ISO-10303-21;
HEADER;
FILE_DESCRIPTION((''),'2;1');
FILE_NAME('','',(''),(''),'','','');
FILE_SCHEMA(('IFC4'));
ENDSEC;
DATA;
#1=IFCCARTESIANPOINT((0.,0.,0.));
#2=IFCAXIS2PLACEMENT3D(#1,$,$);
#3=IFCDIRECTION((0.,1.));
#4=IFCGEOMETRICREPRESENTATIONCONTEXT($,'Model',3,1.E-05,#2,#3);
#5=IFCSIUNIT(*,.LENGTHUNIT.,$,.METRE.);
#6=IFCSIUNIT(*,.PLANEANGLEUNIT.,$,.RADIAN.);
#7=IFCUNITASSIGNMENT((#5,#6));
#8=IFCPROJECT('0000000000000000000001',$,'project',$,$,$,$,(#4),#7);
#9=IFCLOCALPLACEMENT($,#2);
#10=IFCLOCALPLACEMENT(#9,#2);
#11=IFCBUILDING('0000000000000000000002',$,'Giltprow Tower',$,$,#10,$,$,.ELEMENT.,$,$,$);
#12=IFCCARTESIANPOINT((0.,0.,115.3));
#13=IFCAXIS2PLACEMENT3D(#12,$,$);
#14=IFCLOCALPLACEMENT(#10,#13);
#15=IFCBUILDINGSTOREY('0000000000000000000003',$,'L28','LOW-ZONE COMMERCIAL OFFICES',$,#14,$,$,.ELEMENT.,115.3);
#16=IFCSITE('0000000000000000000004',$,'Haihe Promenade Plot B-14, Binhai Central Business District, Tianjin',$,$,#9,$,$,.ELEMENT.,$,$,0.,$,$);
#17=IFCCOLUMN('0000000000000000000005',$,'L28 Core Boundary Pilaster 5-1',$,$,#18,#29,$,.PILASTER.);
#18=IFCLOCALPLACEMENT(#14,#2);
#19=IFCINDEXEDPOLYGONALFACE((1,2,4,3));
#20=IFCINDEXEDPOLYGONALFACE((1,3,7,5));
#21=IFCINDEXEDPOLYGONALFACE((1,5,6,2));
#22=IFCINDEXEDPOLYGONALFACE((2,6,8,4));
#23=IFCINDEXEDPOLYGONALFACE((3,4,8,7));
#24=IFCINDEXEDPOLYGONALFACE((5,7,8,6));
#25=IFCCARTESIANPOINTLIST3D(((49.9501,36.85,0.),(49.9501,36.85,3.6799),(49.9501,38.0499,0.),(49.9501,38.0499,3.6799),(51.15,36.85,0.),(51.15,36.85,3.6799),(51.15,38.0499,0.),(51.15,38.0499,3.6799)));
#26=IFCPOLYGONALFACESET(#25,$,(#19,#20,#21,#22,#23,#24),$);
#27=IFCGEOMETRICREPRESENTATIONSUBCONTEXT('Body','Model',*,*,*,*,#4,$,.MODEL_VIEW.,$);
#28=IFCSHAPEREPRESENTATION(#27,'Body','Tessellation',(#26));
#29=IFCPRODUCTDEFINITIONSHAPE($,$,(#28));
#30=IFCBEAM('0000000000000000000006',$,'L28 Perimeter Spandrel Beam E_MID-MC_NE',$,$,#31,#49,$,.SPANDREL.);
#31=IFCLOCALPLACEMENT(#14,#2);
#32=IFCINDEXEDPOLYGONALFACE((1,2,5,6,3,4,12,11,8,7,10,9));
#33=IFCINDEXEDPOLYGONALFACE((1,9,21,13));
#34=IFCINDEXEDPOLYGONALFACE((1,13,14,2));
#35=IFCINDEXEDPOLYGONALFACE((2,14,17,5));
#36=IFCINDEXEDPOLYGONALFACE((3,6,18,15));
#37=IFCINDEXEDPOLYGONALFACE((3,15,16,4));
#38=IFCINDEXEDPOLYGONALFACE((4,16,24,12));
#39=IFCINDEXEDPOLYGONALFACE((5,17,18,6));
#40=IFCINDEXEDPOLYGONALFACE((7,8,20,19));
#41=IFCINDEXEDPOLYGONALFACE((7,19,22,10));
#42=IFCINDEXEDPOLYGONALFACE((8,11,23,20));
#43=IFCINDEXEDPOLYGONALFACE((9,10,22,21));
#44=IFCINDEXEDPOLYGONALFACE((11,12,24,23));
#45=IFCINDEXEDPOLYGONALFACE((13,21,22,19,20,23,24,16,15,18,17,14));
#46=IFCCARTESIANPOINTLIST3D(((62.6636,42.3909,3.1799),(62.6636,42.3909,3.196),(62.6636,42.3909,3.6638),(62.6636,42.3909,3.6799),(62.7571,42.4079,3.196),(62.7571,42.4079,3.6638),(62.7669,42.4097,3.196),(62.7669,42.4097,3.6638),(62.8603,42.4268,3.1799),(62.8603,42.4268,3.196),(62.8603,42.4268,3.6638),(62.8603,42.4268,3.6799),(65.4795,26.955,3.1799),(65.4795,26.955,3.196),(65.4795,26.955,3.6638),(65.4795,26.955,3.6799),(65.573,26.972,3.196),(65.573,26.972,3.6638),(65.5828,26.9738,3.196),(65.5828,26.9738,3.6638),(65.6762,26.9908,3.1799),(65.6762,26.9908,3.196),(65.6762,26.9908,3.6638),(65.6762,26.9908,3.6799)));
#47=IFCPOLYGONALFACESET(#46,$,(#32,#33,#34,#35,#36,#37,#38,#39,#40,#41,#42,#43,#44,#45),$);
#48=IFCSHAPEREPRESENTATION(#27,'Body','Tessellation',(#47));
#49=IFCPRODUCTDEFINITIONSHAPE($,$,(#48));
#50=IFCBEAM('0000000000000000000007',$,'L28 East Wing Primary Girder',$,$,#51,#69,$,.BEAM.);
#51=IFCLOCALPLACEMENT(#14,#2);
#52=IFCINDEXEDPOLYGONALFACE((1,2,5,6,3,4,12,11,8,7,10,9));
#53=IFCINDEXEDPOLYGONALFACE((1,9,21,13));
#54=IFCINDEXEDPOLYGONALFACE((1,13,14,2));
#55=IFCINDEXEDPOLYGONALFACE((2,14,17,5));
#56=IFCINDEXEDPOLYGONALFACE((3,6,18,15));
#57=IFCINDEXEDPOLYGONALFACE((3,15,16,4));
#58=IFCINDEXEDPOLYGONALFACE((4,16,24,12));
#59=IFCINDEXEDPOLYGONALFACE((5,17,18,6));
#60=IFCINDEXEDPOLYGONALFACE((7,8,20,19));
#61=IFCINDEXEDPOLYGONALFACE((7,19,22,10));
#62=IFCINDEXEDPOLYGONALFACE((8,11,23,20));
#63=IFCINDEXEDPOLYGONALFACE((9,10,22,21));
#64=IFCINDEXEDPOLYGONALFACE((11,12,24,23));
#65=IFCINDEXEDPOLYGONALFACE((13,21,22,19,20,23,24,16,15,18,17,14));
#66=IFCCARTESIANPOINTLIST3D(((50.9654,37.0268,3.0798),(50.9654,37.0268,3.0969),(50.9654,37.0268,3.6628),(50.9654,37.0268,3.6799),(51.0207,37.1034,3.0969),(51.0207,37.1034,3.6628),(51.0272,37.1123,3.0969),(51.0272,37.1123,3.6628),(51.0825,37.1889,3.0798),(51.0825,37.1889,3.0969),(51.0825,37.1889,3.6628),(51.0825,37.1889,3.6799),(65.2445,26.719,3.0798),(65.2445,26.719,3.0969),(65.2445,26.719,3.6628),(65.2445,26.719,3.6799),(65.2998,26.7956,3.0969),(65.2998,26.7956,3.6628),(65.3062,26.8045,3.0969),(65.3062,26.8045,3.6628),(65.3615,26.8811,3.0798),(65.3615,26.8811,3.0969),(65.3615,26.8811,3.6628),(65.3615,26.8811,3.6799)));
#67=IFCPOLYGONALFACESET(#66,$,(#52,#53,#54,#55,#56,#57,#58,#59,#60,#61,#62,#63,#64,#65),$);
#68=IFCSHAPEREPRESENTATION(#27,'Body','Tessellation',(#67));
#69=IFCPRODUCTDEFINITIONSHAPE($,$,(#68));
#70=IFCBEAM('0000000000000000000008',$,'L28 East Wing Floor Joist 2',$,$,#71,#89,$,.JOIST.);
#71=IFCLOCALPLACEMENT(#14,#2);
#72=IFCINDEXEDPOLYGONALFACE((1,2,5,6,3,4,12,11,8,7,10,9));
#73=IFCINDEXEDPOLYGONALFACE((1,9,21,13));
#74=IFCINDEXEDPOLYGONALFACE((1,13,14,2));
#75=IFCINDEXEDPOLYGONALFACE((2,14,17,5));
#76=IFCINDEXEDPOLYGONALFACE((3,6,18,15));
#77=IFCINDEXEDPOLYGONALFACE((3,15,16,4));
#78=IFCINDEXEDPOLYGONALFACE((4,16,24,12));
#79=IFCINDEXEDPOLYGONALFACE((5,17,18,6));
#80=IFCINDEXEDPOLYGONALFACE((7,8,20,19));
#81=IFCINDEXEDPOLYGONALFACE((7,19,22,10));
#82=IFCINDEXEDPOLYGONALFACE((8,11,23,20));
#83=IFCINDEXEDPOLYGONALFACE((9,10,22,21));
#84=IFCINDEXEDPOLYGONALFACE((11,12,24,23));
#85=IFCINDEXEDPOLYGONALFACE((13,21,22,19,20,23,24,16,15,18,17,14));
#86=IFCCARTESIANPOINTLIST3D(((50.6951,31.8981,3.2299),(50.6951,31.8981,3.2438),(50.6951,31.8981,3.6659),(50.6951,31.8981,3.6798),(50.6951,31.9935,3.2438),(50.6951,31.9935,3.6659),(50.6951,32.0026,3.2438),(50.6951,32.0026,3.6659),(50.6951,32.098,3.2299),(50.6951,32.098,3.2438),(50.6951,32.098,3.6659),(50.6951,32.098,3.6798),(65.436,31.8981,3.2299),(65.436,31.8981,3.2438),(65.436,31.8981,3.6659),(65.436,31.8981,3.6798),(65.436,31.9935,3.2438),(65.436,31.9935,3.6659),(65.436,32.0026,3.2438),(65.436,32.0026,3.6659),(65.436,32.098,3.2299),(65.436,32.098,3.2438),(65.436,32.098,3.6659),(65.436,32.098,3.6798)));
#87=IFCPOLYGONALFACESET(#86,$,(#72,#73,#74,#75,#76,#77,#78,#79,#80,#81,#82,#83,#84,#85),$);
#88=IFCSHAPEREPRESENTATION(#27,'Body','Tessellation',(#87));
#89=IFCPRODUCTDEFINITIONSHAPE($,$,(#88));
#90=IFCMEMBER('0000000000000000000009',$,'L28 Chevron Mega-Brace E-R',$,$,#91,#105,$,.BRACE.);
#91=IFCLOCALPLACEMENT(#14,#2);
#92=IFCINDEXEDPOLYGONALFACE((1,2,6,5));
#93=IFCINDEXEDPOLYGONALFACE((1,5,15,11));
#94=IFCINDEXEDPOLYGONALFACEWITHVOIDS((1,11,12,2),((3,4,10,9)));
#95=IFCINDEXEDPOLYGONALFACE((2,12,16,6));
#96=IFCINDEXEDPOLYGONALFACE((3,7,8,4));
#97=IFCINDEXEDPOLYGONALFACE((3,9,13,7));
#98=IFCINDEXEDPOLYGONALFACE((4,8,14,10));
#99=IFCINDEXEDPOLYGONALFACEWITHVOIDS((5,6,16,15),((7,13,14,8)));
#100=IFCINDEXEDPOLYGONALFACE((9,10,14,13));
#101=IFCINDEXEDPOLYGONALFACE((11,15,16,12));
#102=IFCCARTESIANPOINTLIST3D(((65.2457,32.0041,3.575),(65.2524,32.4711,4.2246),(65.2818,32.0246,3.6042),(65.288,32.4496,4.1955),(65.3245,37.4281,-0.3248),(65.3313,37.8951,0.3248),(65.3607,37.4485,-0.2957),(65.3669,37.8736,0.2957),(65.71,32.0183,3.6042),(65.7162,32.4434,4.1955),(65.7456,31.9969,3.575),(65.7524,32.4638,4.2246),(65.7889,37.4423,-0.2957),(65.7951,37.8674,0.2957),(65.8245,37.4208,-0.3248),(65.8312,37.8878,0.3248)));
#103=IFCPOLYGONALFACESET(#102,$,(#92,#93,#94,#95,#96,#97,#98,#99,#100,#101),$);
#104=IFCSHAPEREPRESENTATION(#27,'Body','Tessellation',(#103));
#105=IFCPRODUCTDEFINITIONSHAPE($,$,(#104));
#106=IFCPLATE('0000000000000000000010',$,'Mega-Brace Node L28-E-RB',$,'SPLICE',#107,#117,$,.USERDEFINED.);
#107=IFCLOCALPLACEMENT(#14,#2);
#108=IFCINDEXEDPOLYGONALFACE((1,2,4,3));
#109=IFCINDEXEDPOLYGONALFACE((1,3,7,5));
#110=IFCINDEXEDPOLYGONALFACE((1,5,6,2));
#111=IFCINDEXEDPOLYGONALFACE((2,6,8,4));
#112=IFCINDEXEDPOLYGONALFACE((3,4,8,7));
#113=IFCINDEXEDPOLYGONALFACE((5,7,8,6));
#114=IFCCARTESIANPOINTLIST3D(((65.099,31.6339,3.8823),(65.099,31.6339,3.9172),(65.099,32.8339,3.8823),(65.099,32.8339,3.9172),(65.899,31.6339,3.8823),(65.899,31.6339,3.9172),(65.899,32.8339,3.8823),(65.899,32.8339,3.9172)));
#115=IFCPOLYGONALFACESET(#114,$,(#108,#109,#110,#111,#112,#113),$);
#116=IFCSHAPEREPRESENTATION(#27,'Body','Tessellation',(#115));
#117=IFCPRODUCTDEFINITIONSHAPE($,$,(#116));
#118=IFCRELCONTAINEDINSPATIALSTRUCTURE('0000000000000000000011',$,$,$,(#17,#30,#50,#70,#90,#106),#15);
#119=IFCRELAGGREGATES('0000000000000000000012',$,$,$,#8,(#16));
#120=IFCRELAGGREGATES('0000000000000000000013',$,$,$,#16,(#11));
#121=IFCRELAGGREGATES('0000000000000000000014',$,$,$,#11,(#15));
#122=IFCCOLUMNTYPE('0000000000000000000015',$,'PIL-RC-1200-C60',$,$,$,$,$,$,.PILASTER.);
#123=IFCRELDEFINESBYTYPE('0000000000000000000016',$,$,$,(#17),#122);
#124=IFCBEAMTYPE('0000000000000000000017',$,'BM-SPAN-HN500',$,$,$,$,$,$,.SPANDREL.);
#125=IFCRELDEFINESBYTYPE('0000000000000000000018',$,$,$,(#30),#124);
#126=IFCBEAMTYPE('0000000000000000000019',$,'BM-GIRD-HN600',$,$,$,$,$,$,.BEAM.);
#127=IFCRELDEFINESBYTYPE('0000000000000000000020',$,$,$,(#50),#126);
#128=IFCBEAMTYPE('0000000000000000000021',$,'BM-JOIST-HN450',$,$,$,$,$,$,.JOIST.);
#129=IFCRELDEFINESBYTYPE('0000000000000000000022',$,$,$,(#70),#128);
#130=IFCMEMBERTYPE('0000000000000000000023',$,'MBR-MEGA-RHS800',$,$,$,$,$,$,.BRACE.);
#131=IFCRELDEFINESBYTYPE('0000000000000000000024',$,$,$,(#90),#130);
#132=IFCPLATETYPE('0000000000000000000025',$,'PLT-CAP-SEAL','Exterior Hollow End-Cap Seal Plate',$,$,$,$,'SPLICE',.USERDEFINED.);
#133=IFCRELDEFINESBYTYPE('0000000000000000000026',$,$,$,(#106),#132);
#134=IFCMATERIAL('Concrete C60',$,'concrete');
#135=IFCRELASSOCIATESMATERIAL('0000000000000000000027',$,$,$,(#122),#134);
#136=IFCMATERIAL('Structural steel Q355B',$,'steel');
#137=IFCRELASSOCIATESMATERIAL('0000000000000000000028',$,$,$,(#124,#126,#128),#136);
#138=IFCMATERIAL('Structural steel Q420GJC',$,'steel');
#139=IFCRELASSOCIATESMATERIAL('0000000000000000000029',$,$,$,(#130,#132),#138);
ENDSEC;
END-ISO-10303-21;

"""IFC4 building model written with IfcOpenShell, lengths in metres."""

from ifc_helpers import new_model, si_unit, direction, frame, origin, origin_2d, place, context, subcontext, project, spatial, rectangle, hollow_rectangle, i_section, extrude, source, transform, mapped, material, material_profile, profile_set, type_object, element, save


model = new_model("IFC4")

# Units and contexts
model_context = context("Model", 3, precision=1e-05, world=origin(), true_north=direction((0.0, 1.0)))
body_context = subcontext(model_context, "Body", "Model", "MODEL_VIEW")
ifc_project = project(units=[si_unit("LENGTHUNIT", "METRE"), si_unit("PLANEANGLEUNIT", "RADIAN")], contexts=[model_context])

# Site, building, storey
site_placement = place(None, origin())
site = spatial("IfcSite", under=ifc_project, at=site_placement, Name="Haihe Promenade Plot B-14, Binhai Central Business District, Tianjin", CompositionType="ELEMENT", RefElevation=0.0)
building_placement = place(site_placement, origin())
building = spatial("IfcBuilding", under=site, at=building_placement, Name="Giltprow Tower", CompositionType="ELEMENT")
storey_placement = place(building_placement, frame((0.0, 0.0, 115.3)))
storey = spatial("IfcBuildingStorey", under=building, at=storey_placement, Name="L28", Description="LOW-ZONE COMMERCIAL OFFICES", CompositionType="ELEMENT", Elevation=115.3)

# Column
ifc_material_1 = material(Name="Concrete C60", Category="concrete")
ifc_material_profile_1 = material_profile(ifc_material_1, rectangle(XDim=1.2, YDim=1.2, at=origin_2d()), Name="RC 1200x1200")
ifc_profile_set_1 = profile_set([ifc_material_profile_1], Name="Concrete C60")
column_type = type_object("IfcColumnType", Name="PIL-RC-1200-C60", PredefinedType="PILASTER", material=ifc_profile_set_1)
shared_shape_1 = source(origin(), body_context, "Body", "SweptSolid", [
    extrude(rectangle(XDim=1.2, YDim=1.2, at=origin_2d()), origin(), (0.0, 0.0, 1.0), 3.6799),
])
column_placement = place(storey_placement, frame((50.55, 37.45, 0.0), z_axis=(0.0, 0.0, 1.0), x_axis=(1.0, 0.0, 0.0)))
element("IfcColumn", 1, at=column_placement, inside=storey, type_object=column_type, Name="L28 Core Boundary Pilaster 5-1", PredefinedType="PILASTER", context=body_context, shape_type="MappedRepresentation", body=[
    mapped(shared_shape_1, transform((0.0, 0.0, 0.0), x_axis=(1.0, 0.0, 0.0), y_axis=(0.0, 1.0, 0.0), z_axis=(0.0, 0.0, 1.0), scale=1.0)),
])

# Beams
ifc_material_2 = material(Name="Structural steel Q355B", Category="steel")
ifc_material_profile_2 = material_profile(ifc_material_2, i_section(OverallWidth=0.2, OverallDepth=0.5, WebThickness=0.01, FlangeThickness=0.0161, at=origin_2d()), Name="HN 500x200x10x16")
ifc_profile_set_2 = profile_set([ifc_material_profile_2], Name="Structural steel Q355B")
beam_type_1 = type_object("IfcBeamType", Name="BM-SPAN-HN500", PredefinedType="SPANDREL", material=ifc_profile_set_2)
shared_shape_2 = source(origin(), body_context, "Body", "SweptSolid", [
    extrude(i_section(OverallWidth=0.2, OverallDepth=0.5, WebThickness=0.01, FlangeThickness=0.0161, at=origin_2d()), origin(), (0.0, 0.0, 1.0), 15.6907),
])
beam_1_placement = place(storey_placement, frame((65.5779, 26.9729, 3.4299), z_axis=(-0.179463, 0.983765, 0.0), x_axis=(-0.983765, -0.179463, 0.0)))
element("IfcBeam", 2, at=beam_1_placement, inside=storey, type_object=beam_type_1, Name="L28 Perimeter Spandrel Beam E_MID-MC_NE", PredefinedType="SPANDREL", context=body_context, shape_type="MappedRepresentation", body=[
    mapped(shared_shape_2, transform((0.0, 0.0, 0.0), x_axis=(1.0, 0.0, 0.0), y_axis=(0.0, 1.0, 0.0), z_axis=(0.0, 0.0, 1.0), scale=1.0)),
])
ifc_material_profile_3 = material_profile(ifc_material_2, i_section(OverallWidth=0.2, OverallDepth=0.6001, WebThickness=0.011, FlangeThickness=0.0171, at=origin_2d()), Name="HN 600x200x11x17")
ifc_profile_set_3 = profile_set([ifc_material_profile_3], Name="Structural steel Q355B")
beam_type_2 = type_object("IfcBeamType", Name="BM-GIRD-HN600", PredefinedType="BEAM", material=ifc_profile_set_3)
shared_shape_3 = source(origin(), body_context, "Body", "SweptSolid", [
    extrude(i_section(OverallWidth=0.2, OverallDepth=0.6001, WebThickness=0.011, FlangeThickness=0.0171, at=origin_2d()), origin(), (0.0, 0.0, 1.0), 17.6108),
])
beam_2_placement = place(storey_placement, frame((65.303, 26.8, 3.3799), z_axis=(-0.810808, 0.585312, 0.0), x_axis=(-0.585312, -0.810808, 0.0)))
element("IfcBeam", 3, at=beam_2_placement, inside=storey, type_object=beam_type_2, Name="L28 East Wing Primary Girder", PredefinedType="BEAM", context=body_context, shape_type="MappedRepresentation", body=[
    mapped(shared_shape_3, transform((0.0, 0.0, 0.0), x_axis=(1.0, 0.0, 0.0), y_axis=(0.0, 1.0, 0.0), z_axis=(0.0, 0.0, 1.0), scale=1.0)),
])
ifc_material_profile_4 = material_profile(ifc_material_2, i_section(OverallWidth=0.2, OverallDepth=0.45, WebThickness=0.009, FlangeThickness=0.0139, at=origin_2d()), Name="HN 450x200x9x14")
ifc_profile_set_4 = profile_set([ifc_material_profile_4], Name="Structural steel Q355B")
beam_type_3 = type_object("IfcBeamType", Name="BM-JOIST-HN450", PredefinedType="JOIST", material=ifc_profile_set_4)
shared_shape_4 = source(origin(), body_context, "Body", "SweptSolid", [
    extrude(i_section(OverallWidth=0.2, OverallDepth=0.45, WebThickness=0.009, FlangeThickness=0.0139, at=origin_2d()), origin(), (0.0, 0.0, 1.0), 14.741),
])
beam_3_placement = place(storey_placement, frame((50.6951, 31.998, 3.4548), z_axis=(1.0, 0.0, 0.0), x_axis=(0.0, 1.0, 0.0)))
element("IfcBeam", 4, at=beam_3_placement, inside=storey, type_object=beam_type_3, Name="L28 East Wing Floor Joist 2", PredefinedType="JOIST", context=body_context, shape_type="MappedRepresentation", body=[
    mapped(shared_shape_4, transform((0.0, 0.0, 0.0), x_axis=(1.0, 0.0, 0.0), y_axis=(0.0, 1.0, 0.0), z_axis=(0.0, 0.0, 1.0), scale=1.0)),
])

# Member
ifc_material_3 = material(Name="Structural steel Q420GJC", Category="steel")
ifc_material_profile_5 = material_profile(ifc_material_3, hollow_rectangle(XDim=0.5, YDim=0.8, WallThickness=0.0359, at=origin_2d()), Name="RHS 800x500x36")
ifc_profile_set_5 = profile_set([ifc_material_profile_5], Name="Structural steel Q420GJC")
member_type = type_object("IfcMemberType", Name="MBR-MEGA-RHS800", PredefinedType="BRACE", material=ifc_profile_set_5)
shared_shape_5 = source(origin(), body_context, "Body", "SweptSolid", [
    extrude(hollow_rectangle(XDim=0.5, YDim=0.8, WallThickness=0.0359, at=origin_2d()), origin(), (0.0, 0.0, 1.0), 6.6809),
])
member_placement = place(storey_placement, frame((65.5779, 37.658, 0.0), z_axis=(-0.011803, -0.811863, 0.583729), x_axis=(0.999894, -0.014537, 0.0)))
element("IfcMember", 5, at=member_placement, inside=storey, type_object=member_type, Name="L28 Chevron Mega-Brace E-R", PredefinedType="BRACE", context=body_context, shape_type="MappedRepresentation", body=[
    mapped(shared_shape_5, transform((0.0, 0.0, 0.0), x_axis=(1.0, 0.0, 0.0), y_axis=(0.0, 1.0, 0.0), z_axis=(0.0, 0.0, 1.0), scale=1.0)),
])

# Plate
plate_type = type_object("IfcPlateType", Name="PLT-CAP-SEAL", Description="Exterior Hollow End-Cap Seal Plate", ElementType="SPLICE", PredefinedType="USERDEFINED", material=ifc_material_3)
shared_shape_6 = source(origin(), body_context, "Body", "SweptSolid", [
    extrude(rectangle(XDim=1.2, YDim=0.8, at=origin_2d()), origin(), (0.0, 0.0, 1.0), 0.0349),
])
plate_placement = place(storey_placement, frame((65.499, 32.2339, 3.8823), z_axis=(0.0, 0.0, 1.0), x_axis=(0.0, 1.0, 0.0)))
element("IfcPlate", 6, at=plate_placement, inside=storey, type_object=plate_type, Name="Mega-Brace Node L28-E-RB", ObjectType="SPLICE", PredefinedType="USERDEFINED", context=body_context, shape_type="MappedRepresentation", body=[
    mapped(shared_shape_6, transform((0.0, 0.0, 0.0), x_axis=(1.0, 0.0, 0.0), y_axis=(0.0, 1.0, 0.0), z_axis=(0.0, 0.0, 1.0), scale=1.0)),
])

save(model, "model.ifc")
